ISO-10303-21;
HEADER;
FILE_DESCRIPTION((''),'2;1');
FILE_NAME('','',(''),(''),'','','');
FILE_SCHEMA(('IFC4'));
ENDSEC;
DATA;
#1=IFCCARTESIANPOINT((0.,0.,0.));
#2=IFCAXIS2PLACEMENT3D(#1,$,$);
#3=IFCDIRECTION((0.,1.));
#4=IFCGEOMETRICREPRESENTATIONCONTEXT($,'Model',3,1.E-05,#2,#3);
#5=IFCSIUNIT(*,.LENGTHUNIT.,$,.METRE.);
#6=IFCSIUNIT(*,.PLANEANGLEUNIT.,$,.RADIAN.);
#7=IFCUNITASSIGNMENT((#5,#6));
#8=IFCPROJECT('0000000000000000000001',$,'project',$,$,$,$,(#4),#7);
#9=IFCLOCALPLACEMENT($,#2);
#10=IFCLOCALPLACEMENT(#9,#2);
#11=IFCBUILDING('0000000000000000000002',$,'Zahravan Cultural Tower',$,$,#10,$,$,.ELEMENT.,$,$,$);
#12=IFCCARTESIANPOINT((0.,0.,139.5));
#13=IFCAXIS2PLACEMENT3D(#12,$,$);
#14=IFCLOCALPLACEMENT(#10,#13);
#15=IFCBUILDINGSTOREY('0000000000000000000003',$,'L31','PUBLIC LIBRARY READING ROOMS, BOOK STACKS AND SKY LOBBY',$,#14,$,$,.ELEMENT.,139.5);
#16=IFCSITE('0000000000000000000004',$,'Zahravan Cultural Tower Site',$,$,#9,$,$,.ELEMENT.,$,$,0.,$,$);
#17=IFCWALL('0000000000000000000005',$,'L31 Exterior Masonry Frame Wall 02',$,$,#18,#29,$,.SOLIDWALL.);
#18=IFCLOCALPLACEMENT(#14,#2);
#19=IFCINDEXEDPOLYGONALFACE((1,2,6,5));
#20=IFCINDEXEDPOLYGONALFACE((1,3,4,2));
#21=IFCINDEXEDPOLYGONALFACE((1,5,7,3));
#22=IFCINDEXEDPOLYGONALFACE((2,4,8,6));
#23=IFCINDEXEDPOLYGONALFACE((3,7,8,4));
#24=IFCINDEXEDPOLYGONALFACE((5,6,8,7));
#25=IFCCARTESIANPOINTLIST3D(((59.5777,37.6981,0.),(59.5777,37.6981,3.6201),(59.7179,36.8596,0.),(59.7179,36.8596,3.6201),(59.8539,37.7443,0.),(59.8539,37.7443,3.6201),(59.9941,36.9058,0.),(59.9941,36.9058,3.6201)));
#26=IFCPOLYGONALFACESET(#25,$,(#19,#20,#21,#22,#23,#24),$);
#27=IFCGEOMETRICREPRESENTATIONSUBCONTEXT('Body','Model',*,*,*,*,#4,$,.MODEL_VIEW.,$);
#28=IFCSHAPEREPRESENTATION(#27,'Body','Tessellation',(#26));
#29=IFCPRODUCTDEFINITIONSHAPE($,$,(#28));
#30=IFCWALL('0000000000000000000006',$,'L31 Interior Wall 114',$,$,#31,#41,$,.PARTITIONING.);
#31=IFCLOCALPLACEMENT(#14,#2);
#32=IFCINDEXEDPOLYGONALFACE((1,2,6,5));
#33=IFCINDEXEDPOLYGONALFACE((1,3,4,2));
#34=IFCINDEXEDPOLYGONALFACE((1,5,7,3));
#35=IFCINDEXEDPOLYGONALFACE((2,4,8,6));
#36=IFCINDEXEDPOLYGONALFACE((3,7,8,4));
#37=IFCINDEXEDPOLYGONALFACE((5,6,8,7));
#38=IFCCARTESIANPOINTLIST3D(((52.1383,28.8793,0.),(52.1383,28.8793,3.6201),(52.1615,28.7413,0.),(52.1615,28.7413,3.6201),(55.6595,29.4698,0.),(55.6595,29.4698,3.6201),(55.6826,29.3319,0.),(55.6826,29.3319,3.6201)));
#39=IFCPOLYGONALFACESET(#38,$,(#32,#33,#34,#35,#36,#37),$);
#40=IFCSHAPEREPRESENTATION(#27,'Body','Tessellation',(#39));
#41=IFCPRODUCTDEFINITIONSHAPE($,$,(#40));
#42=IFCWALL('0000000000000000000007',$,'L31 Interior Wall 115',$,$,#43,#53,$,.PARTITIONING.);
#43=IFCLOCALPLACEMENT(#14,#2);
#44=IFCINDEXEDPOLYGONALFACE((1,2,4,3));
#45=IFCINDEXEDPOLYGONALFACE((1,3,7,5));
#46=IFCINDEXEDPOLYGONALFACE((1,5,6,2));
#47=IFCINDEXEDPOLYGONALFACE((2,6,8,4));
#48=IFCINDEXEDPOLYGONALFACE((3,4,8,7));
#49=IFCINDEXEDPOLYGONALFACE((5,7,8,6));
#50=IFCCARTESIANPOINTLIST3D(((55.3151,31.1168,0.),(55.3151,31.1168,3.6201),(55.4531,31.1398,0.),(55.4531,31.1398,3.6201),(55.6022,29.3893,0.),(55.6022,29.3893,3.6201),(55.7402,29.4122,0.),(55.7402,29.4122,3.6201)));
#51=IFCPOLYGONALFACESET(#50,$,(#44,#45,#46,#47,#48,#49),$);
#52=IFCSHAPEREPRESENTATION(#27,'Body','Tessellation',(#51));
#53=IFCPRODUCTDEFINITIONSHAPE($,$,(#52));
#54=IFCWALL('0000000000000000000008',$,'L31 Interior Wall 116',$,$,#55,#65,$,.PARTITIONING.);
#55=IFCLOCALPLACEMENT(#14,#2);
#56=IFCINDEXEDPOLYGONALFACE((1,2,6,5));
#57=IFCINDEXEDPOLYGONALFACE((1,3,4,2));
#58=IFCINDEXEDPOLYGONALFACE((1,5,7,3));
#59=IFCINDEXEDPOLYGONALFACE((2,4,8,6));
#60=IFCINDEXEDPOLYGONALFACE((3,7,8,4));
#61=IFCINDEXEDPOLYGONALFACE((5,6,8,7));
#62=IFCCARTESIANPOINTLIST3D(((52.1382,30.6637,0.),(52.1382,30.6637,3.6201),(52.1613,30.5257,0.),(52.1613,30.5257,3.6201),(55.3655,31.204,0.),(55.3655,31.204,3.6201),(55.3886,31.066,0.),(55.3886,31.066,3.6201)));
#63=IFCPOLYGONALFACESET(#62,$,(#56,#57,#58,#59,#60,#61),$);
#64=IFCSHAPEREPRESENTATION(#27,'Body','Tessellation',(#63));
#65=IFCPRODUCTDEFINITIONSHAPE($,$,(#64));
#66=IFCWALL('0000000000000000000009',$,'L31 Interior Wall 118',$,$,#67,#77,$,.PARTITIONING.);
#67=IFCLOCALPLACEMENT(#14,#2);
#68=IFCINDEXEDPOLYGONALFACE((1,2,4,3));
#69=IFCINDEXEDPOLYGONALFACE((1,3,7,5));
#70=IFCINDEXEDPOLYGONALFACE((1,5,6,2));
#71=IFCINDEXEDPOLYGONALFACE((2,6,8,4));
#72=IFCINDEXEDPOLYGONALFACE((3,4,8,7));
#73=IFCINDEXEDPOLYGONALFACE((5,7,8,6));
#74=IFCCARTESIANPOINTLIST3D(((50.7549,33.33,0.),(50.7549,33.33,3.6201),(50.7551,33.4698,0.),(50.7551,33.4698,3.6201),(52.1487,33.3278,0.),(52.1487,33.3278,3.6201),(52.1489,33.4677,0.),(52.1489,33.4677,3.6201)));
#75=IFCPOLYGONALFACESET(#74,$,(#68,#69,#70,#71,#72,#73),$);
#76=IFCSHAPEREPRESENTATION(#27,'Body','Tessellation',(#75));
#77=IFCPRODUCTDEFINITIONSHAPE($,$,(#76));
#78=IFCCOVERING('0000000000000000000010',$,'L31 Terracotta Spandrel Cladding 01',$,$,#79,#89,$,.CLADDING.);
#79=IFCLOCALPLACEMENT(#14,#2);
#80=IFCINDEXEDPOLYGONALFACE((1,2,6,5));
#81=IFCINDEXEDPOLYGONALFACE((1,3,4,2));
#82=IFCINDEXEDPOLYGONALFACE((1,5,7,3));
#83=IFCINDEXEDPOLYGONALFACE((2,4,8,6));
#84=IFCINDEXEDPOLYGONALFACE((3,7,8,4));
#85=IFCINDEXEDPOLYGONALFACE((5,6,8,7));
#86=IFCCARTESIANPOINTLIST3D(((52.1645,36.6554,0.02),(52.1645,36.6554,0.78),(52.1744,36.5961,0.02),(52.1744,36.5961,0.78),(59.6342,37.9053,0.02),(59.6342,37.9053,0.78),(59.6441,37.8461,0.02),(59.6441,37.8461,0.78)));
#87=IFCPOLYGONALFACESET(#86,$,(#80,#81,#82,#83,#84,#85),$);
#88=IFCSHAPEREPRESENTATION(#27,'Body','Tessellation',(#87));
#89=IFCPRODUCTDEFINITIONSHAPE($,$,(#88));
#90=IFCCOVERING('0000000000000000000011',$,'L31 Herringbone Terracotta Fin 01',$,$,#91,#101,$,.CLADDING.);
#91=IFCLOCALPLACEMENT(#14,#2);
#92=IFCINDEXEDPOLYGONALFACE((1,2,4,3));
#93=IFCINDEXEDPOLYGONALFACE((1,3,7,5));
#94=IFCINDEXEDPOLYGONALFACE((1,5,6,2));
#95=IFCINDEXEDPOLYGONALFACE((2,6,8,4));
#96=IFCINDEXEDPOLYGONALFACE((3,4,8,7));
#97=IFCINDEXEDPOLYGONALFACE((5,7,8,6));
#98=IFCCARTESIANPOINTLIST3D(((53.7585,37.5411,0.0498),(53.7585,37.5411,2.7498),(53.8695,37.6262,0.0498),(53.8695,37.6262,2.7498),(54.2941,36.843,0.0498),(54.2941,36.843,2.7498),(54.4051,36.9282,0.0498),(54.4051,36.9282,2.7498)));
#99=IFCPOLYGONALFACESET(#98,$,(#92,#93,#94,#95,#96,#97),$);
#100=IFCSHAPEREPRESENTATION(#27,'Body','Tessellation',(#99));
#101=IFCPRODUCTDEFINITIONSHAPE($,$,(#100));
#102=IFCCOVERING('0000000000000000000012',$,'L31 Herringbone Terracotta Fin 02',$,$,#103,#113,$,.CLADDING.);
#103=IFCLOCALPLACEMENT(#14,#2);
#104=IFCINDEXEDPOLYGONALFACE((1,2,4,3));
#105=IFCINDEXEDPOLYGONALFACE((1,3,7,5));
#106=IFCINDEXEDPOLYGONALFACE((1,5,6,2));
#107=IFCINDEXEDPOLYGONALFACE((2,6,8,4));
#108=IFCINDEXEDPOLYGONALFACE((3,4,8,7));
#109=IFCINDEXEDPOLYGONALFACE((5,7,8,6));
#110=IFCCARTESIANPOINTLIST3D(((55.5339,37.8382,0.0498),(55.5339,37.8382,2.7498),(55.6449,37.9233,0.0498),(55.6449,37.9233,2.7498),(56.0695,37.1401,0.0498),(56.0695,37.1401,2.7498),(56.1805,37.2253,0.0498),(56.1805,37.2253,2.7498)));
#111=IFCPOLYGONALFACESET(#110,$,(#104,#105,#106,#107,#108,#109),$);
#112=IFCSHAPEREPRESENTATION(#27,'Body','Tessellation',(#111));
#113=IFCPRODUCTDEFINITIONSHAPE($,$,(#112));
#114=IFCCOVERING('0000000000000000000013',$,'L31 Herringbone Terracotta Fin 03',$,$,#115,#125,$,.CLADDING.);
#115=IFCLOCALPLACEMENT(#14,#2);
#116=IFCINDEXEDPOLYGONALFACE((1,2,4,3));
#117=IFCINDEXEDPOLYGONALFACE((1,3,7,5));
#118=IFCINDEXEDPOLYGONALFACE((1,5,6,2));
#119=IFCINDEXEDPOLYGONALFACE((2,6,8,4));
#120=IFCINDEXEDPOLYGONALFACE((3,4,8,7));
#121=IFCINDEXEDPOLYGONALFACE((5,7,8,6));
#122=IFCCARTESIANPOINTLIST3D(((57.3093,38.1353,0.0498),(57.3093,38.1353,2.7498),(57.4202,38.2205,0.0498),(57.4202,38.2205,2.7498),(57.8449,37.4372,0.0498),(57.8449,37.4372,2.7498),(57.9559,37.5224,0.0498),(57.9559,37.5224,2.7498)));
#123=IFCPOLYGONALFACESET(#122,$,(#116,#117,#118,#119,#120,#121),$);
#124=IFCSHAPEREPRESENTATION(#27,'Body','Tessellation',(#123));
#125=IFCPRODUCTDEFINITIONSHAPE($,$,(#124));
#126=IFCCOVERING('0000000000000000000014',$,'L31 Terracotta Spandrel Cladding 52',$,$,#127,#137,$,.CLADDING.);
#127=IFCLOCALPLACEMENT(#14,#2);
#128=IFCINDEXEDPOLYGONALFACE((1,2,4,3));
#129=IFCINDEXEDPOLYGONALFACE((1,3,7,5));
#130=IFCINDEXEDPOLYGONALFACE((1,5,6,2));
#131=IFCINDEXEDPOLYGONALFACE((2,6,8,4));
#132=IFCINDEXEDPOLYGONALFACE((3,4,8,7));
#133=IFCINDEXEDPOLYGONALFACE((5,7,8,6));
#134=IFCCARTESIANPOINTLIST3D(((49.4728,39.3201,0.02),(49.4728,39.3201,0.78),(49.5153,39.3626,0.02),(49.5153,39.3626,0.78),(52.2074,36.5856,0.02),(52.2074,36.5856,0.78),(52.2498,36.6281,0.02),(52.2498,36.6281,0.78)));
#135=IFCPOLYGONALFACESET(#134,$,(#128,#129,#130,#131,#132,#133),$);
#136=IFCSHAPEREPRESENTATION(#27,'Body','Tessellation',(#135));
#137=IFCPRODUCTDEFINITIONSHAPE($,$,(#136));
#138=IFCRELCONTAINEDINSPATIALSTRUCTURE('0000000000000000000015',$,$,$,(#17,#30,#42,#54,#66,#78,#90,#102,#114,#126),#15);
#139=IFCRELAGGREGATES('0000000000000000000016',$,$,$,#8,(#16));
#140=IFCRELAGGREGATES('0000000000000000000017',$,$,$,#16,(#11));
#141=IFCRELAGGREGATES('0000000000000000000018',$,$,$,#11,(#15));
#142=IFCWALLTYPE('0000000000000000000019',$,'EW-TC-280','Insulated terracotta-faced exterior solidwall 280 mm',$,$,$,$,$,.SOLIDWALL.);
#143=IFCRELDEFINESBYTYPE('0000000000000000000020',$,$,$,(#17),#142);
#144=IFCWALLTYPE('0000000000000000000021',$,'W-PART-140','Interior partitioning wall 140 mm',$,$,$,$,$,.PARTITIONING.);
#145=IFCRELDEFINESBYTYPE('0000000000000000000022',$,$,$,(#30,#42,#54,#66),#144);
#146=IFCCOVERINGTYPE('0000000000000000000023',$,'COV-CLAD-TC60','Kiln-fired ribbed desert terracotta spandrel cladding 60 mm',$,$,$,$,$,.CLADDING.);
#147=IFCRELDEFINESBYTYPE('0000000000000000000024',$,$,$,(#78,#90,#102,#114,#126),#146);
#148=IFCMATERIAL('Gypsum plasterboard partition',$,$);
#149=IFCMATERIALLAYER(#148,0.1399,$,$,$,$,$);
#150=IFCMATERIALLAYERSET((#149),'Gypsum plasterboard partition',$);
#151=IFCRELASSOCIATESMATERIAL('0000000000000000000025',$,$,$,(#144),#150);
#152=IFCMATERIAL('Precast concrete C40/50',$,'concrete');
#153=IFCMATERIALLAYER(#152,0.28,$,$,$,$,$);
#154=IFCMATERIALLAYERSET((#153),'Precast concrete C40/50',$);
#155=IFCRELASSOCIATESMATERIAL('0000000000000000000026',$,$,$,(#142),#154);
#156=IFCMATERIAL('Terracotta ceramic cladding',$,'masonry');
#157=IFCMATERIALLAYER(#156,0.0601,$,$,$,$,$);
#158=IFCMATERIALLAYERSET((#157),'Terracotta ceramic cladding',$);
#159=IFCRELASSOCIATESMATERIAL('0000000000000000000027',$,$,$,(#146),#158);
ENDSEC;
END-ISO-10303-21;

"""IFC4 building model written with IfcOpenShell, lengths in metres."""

from ifc_helpers import new_model, si_unit, direction, frame, frame_2d, origin, origin_2d, place, context, subcontext, project, spatial, rectangle, extrude, source, transform, mapped, material, layer, layer_set, type_object, element, save


model = new_model("IFC4")

# Units and contexts
model_context = context("Model", 3, precision=1e-05, world=origin(), true_north=direction((0.0, 1.0)))
body_context = subcontext(model_context, "Body", "Model", "MODEL_VIEW")
ifc_project = project(units=[si_unit("LENGTHUNIT", "METRE"), si_unit("PLANEANGLEUNIT", "RADIAN")], contexts=[model_context])

# Site, building, storey
site_placement = place(None, origin())
site = spatial("IfcSite", under=ifc_project, at=site_placement, Name="Zahravan Cultural Tower Site", CompositionType="ELEMENT", RefElevation=0.0)
building_placement = place(site_placement, origin())
building = spatial("IfcBuilding", under=site, at=building_placement, Name="Zahravan Cultural Tower", CompositionType="ELEMENT")
storey_placement = place(building_placement, frame((0.0, 0.0, 139.5)))
storey = spatial("IfcBuildingStorey", under=building, at=storey_placement, Name="L31", Description="PUBLIC LIBRARY READING ROOMS, BOOK STACKS AND SKY LOBBY", CompositionType="ELEMENT", Elevation=139.5)

# Shared definitions
ifc_material_1 = material(Name="Gypsum plasterboard partition")
ifc_layer_1 = layer(ifc_material_1, 0.1399)
ifc_layer_set_1 = layer_set([ifc_layer_1], Name="Gypsum plasterboard partition")
wall_type_1 = type_object("IfcWallType", Name="W-PART-140", Description="Interior partitioning wall 140 mm", PredefinedType="PARTITIONING", material=ifc_layer_set_1)

# Walls
ifc_material_2 = material(Name="Precast concrete C40/50", Category="concrete")
ifc_layer_2 = layer(ifc_material_2, 0.28)
ifc_layer_set_2 = layer_set([ifc_layer_2], Name="Precast concrete C40/50")
wall_type_2 = type_object("IfcWallType", Name="EW-TC-280", Description="Insulated terracotta-faced exterior solidwall 280 mm", PredefinedType="SOLIDWALL", material=ifc_layer_set_2)
shared_shape_1 = source(origin(), body_context, "Body", "SweptSolid", [
    extrude(rectangle(XDim=0.8501, YDim=0.28, at=frame_2d((0.425, 0.0))), origin(), (0.0, 0.0, 1.0), 3.6201),
])
wall_1_placement = place(storey_placement, frame((59.7158, 37.7212, 0.0), z_axis=(0.0, 0.0, 1.0), x_axis=(0.164865, -0.986316, 0.0)))
element("IfcWall", 1, at=wall_1_placement, inside=storey, type_object=wall_type_2, Name="L31 Exterior Masonry Frame Wall 02", PredefinedType="SOLIDWALL", context=body_context, shape_type="MappedRepresentation", body=[
    mapped(shared_shape_1, transform((0.0, 0.0, 0.0), x_axis=(1.0, 0.0, 0.0), y_axis=(0.0, 1.0, 0.0), z_axis=(0.0, 0.0, 1.0), scale=1.0)),
])
shared_shape_2 = source(origin(), body_context, "Body", "SweptSolid", [
    extrude(rectangle(XDim=3.5703, YDim=0.1399, at=frame_2d((1.7852, 0.0))), origin(), (0.0, 0.0, 1.0), 3.6201),
])
wall_2_placement = place(storey_placement, frame((52.1499, 28.8103, 0.0), z_axis=(0.0, 0.0, 1.0), x_axis=(0.986225, 0.165408, 0.0)))
element("IfcWall", 2, at=wall_2_placement, inside=storey, type_object=wall_type_1, Name="L31 Interior Wall 114", PredefinedType="PARTITIONING", context=body_context, shape_type="MappedRepresentation", body=[
    mapped(shared_shape_2, transform((0.0, 0.0, 0.0), x_axis=(1.0, 0.0, 0.0), y_axis=(0.0, 1.0, 0.0), z_axis=(0.0, 0.0, 1.0), scale=1.0)),
])
shared_shape_3 = source(origin(), body_context, "Body", "SweptSolid", [
    extrude(rectangle(XDim=1.7512, YDim=0.1399, at=frame_2d((0.8755, 0.0))), origin(), (0.0, 0.0, 1.0), 3.6201),
])
wall_3_placement = place(storey_placement, frame((55.6711, 29.4009, 0.0), z_axis=(0.0, 0.0, 1.0), x_axis=(-0.163947, 0.986469, 0.0)))
element("IfcWall", 3, at=wall_3_placement, inside=storey, type_object=wall_type_1, Name="L31 Interior Wall 115", PredefinedType="PARTITIONING", context=body_context, shape_type="MappedRepresentation", body=[
    mapped(shared_shape_3, transform((0.0, 0.0, 0.0), x_axis=(1.0, 0.0, 0.0), y_axis=(0.0, 1.0, 0.0), z_axis=(0.0, 0.0, 1.0), scale=1.0)),
])
shared_shape_4 = source(origin(), body_context, "Body", "SweptSolid", [
    extrude(rectangle(XDim=3.2722, YDim=0.1399, at=frame_2d((1.6362, 0.0))), origin(), (0.0, 0.0, 1.0), 3.6201),
])
wall_4_placement = place(storey_placement, frame((55.3772, 31.135, 0.0), z_axis=(0.0, 0.0, 1.0), x_axis=(-0.986275, -0.165113, 0.0)))
element("IfcWall", 4, at=wall_4_placement, inside=storey, type_object=wall_type_1, Name="L31 Interior Wall 116", PredefinedType="PARTITIONING", context=body_context, shape_type="MappedRepresentation", body=[
    mapped(shared_shape_4, transform((0.0, 0.0, 0.0), x_axis=(1.0, 0.0, 0.0), y_axis=(0.0, 1.0, 0.0), z_axis=(0.0, 0.0, 1.0), scale=1.0)),
])
shared_shape_5 = source(origin(), body_context, "Body", "SweptSolid", [
    extrude(rectangle(XDim=1.3938, YDim=0.1399, at=frame_2d((0.6968, 0.0))), origin(), (0.0, 0.0, 1.0), 3.6201),
])
wall_5_placement = place(storey_placement, frame((52.1487, 33.3977, 0.0), z_axis=(0.0, 0.0, 1.0), x_axis=(-0.999999, 0.001576, 0.0)))
element("IfcWall", 5, at=wall_5_placement, inside=storey, type_object=wall_type_1, Name="L31 Interior Wall 118", PredefinedType="PARTITIONING", context=body_context, shape_type="MappedRepresentation", body=[
    mapped(shared_shape_5, transform((0.0, 0.0, 0.0), x_axis=(1.0, 0.0, 0.0), y_axis=(0.0, 1.0, 0.0), z_axis=(0.0, 0.0, 1.0), scale=1.0)),
])

# Coverings
ifc_material_3 = material(Name="Terracotta ceramic cladding", Category="masonry")
ifc_layer_3 = layer(ifc_material_3, 0.0601)
ifc_layer_set_3 = layer_set([ifc_layer_3], Name="Terracotta ceramic cladding")
covering_type = type_object("IfcCoveringType", Name="COV-CLAD-TC60", Description="Kiln-fired ribbed desert terracotta spandrel cladding 60 mm", PredefinedType="CLADDING", material=ifc_layer_set_3)
shared_shape_6 = source(origin(), body_context, "Body", "SweptSolid", [
    extrude(rectangle(XDim=7.5735, YDim=0.0601, at=origin_2d()), origin(), (0.0, 0.0, 1.0), 0.76),
])
covering_1_placement = place(storey_placement, frame((55.9043, 37.2507, 0.02), z_axis=(0.0, 0.0, 1.0), x_axis=(0.986286, 0.165048, 0.0)))
element("IfcCovering", 6, at=covering_1_placement, inside=storey, type_object=covering_type, Name="L31 Terracotta Spandrel Cladding 01", PredefinedType="CLADDING", context=body_context, shape_type="MappedRepresentation", body=[
    mapped(shared_shape_6, transform((0.0, 0.0, 0.0), x_axis=(1.0, 0.0, 0.0), y_axis=(0.0, 1.0, 0.0), z_axis=(0.0, 0.0, 1.0), scale=1.0)),
])
shared_shape_7 = source(origin(), body_context, "Body", "SweptSolid", [
    extrude(rectangle(XDim=0.8799, YDim=0.1399, at=origin_2d()), origin(), (0.0, 0.0, 1.0), 2.7),
])
for number, where, z_axis, x_axis, name in (
    (7, (54.0818, 37.2346, 0.0498), (0.0, 0.0, 1.0), (-0.608761, 0.793353, 0.0), "L31 Herringbone Terracotta Fin 01"),
    (8, (55.8572, 37.5317, 0.0498), (0.0, 0.0, 1.0), (-0.608761, 0.793353, 0.0), "L31 Herringbone Terracotta Fin 02"),
    (9, (57.6326, 37.8289, 0.0498), (0.0, 0.0, 1.0), (-0.608761, 0.793353, 0.0), "L31 Herringbone Terracotta Fin 03"),
):
    element("IfcCovering", number, at=place(storey_placement, frame(where, z_axis=z_axis, x_axis=x_axis)), inside=storey, type_object=covering_type, Name=name, PredefinedType="CLADDING", context=body_context, shape_type="MappedRepresentation", body=[
        mapped(shared_shape_7, transform((0.0, 0.0, 0.0), x_axis=(1.0, 0.0, 0.0), y_axis=(0.0, 1.0, 0.0), z_axis=(0.0, 0.0, 1.0), scale=1.0)),
    ])
shared_shape_8 = source(origin(), body_context, "Body", "SweptSolid", [
    extrude(rectangle(XDim=3.8672, YDim=0.0601, at=origin_2d()), origin(), (0.0, 0.0, 1.0), 0.76),
])
covering_2_placement = place(storey_placement, frame((50.8613, 37.9741, 0.02), z_axis=(0.0, 0.0, 1.0), x_axis=(0.707107, -0.707107, 0.0)))
element("IfcCovering", 10, at=covering_2_placement, inside=storey, type_object=covering_type, Name="L31 Terracotta Spandrel Cladding 52", PredefinedType="CLADDING", context=body_context, shape_type="MappedRepresentation", body=[
    mapped(shared_shape_8, transform((0.0, 0.0, 0.0), x_axis=(1.0, 0.0, 0.0), y_axis=(0.0, 1.0, 0.0), z_axis=(0.0, 0.0, 1.0), scale=1.0)),
])

save(model, "model.ifc")
